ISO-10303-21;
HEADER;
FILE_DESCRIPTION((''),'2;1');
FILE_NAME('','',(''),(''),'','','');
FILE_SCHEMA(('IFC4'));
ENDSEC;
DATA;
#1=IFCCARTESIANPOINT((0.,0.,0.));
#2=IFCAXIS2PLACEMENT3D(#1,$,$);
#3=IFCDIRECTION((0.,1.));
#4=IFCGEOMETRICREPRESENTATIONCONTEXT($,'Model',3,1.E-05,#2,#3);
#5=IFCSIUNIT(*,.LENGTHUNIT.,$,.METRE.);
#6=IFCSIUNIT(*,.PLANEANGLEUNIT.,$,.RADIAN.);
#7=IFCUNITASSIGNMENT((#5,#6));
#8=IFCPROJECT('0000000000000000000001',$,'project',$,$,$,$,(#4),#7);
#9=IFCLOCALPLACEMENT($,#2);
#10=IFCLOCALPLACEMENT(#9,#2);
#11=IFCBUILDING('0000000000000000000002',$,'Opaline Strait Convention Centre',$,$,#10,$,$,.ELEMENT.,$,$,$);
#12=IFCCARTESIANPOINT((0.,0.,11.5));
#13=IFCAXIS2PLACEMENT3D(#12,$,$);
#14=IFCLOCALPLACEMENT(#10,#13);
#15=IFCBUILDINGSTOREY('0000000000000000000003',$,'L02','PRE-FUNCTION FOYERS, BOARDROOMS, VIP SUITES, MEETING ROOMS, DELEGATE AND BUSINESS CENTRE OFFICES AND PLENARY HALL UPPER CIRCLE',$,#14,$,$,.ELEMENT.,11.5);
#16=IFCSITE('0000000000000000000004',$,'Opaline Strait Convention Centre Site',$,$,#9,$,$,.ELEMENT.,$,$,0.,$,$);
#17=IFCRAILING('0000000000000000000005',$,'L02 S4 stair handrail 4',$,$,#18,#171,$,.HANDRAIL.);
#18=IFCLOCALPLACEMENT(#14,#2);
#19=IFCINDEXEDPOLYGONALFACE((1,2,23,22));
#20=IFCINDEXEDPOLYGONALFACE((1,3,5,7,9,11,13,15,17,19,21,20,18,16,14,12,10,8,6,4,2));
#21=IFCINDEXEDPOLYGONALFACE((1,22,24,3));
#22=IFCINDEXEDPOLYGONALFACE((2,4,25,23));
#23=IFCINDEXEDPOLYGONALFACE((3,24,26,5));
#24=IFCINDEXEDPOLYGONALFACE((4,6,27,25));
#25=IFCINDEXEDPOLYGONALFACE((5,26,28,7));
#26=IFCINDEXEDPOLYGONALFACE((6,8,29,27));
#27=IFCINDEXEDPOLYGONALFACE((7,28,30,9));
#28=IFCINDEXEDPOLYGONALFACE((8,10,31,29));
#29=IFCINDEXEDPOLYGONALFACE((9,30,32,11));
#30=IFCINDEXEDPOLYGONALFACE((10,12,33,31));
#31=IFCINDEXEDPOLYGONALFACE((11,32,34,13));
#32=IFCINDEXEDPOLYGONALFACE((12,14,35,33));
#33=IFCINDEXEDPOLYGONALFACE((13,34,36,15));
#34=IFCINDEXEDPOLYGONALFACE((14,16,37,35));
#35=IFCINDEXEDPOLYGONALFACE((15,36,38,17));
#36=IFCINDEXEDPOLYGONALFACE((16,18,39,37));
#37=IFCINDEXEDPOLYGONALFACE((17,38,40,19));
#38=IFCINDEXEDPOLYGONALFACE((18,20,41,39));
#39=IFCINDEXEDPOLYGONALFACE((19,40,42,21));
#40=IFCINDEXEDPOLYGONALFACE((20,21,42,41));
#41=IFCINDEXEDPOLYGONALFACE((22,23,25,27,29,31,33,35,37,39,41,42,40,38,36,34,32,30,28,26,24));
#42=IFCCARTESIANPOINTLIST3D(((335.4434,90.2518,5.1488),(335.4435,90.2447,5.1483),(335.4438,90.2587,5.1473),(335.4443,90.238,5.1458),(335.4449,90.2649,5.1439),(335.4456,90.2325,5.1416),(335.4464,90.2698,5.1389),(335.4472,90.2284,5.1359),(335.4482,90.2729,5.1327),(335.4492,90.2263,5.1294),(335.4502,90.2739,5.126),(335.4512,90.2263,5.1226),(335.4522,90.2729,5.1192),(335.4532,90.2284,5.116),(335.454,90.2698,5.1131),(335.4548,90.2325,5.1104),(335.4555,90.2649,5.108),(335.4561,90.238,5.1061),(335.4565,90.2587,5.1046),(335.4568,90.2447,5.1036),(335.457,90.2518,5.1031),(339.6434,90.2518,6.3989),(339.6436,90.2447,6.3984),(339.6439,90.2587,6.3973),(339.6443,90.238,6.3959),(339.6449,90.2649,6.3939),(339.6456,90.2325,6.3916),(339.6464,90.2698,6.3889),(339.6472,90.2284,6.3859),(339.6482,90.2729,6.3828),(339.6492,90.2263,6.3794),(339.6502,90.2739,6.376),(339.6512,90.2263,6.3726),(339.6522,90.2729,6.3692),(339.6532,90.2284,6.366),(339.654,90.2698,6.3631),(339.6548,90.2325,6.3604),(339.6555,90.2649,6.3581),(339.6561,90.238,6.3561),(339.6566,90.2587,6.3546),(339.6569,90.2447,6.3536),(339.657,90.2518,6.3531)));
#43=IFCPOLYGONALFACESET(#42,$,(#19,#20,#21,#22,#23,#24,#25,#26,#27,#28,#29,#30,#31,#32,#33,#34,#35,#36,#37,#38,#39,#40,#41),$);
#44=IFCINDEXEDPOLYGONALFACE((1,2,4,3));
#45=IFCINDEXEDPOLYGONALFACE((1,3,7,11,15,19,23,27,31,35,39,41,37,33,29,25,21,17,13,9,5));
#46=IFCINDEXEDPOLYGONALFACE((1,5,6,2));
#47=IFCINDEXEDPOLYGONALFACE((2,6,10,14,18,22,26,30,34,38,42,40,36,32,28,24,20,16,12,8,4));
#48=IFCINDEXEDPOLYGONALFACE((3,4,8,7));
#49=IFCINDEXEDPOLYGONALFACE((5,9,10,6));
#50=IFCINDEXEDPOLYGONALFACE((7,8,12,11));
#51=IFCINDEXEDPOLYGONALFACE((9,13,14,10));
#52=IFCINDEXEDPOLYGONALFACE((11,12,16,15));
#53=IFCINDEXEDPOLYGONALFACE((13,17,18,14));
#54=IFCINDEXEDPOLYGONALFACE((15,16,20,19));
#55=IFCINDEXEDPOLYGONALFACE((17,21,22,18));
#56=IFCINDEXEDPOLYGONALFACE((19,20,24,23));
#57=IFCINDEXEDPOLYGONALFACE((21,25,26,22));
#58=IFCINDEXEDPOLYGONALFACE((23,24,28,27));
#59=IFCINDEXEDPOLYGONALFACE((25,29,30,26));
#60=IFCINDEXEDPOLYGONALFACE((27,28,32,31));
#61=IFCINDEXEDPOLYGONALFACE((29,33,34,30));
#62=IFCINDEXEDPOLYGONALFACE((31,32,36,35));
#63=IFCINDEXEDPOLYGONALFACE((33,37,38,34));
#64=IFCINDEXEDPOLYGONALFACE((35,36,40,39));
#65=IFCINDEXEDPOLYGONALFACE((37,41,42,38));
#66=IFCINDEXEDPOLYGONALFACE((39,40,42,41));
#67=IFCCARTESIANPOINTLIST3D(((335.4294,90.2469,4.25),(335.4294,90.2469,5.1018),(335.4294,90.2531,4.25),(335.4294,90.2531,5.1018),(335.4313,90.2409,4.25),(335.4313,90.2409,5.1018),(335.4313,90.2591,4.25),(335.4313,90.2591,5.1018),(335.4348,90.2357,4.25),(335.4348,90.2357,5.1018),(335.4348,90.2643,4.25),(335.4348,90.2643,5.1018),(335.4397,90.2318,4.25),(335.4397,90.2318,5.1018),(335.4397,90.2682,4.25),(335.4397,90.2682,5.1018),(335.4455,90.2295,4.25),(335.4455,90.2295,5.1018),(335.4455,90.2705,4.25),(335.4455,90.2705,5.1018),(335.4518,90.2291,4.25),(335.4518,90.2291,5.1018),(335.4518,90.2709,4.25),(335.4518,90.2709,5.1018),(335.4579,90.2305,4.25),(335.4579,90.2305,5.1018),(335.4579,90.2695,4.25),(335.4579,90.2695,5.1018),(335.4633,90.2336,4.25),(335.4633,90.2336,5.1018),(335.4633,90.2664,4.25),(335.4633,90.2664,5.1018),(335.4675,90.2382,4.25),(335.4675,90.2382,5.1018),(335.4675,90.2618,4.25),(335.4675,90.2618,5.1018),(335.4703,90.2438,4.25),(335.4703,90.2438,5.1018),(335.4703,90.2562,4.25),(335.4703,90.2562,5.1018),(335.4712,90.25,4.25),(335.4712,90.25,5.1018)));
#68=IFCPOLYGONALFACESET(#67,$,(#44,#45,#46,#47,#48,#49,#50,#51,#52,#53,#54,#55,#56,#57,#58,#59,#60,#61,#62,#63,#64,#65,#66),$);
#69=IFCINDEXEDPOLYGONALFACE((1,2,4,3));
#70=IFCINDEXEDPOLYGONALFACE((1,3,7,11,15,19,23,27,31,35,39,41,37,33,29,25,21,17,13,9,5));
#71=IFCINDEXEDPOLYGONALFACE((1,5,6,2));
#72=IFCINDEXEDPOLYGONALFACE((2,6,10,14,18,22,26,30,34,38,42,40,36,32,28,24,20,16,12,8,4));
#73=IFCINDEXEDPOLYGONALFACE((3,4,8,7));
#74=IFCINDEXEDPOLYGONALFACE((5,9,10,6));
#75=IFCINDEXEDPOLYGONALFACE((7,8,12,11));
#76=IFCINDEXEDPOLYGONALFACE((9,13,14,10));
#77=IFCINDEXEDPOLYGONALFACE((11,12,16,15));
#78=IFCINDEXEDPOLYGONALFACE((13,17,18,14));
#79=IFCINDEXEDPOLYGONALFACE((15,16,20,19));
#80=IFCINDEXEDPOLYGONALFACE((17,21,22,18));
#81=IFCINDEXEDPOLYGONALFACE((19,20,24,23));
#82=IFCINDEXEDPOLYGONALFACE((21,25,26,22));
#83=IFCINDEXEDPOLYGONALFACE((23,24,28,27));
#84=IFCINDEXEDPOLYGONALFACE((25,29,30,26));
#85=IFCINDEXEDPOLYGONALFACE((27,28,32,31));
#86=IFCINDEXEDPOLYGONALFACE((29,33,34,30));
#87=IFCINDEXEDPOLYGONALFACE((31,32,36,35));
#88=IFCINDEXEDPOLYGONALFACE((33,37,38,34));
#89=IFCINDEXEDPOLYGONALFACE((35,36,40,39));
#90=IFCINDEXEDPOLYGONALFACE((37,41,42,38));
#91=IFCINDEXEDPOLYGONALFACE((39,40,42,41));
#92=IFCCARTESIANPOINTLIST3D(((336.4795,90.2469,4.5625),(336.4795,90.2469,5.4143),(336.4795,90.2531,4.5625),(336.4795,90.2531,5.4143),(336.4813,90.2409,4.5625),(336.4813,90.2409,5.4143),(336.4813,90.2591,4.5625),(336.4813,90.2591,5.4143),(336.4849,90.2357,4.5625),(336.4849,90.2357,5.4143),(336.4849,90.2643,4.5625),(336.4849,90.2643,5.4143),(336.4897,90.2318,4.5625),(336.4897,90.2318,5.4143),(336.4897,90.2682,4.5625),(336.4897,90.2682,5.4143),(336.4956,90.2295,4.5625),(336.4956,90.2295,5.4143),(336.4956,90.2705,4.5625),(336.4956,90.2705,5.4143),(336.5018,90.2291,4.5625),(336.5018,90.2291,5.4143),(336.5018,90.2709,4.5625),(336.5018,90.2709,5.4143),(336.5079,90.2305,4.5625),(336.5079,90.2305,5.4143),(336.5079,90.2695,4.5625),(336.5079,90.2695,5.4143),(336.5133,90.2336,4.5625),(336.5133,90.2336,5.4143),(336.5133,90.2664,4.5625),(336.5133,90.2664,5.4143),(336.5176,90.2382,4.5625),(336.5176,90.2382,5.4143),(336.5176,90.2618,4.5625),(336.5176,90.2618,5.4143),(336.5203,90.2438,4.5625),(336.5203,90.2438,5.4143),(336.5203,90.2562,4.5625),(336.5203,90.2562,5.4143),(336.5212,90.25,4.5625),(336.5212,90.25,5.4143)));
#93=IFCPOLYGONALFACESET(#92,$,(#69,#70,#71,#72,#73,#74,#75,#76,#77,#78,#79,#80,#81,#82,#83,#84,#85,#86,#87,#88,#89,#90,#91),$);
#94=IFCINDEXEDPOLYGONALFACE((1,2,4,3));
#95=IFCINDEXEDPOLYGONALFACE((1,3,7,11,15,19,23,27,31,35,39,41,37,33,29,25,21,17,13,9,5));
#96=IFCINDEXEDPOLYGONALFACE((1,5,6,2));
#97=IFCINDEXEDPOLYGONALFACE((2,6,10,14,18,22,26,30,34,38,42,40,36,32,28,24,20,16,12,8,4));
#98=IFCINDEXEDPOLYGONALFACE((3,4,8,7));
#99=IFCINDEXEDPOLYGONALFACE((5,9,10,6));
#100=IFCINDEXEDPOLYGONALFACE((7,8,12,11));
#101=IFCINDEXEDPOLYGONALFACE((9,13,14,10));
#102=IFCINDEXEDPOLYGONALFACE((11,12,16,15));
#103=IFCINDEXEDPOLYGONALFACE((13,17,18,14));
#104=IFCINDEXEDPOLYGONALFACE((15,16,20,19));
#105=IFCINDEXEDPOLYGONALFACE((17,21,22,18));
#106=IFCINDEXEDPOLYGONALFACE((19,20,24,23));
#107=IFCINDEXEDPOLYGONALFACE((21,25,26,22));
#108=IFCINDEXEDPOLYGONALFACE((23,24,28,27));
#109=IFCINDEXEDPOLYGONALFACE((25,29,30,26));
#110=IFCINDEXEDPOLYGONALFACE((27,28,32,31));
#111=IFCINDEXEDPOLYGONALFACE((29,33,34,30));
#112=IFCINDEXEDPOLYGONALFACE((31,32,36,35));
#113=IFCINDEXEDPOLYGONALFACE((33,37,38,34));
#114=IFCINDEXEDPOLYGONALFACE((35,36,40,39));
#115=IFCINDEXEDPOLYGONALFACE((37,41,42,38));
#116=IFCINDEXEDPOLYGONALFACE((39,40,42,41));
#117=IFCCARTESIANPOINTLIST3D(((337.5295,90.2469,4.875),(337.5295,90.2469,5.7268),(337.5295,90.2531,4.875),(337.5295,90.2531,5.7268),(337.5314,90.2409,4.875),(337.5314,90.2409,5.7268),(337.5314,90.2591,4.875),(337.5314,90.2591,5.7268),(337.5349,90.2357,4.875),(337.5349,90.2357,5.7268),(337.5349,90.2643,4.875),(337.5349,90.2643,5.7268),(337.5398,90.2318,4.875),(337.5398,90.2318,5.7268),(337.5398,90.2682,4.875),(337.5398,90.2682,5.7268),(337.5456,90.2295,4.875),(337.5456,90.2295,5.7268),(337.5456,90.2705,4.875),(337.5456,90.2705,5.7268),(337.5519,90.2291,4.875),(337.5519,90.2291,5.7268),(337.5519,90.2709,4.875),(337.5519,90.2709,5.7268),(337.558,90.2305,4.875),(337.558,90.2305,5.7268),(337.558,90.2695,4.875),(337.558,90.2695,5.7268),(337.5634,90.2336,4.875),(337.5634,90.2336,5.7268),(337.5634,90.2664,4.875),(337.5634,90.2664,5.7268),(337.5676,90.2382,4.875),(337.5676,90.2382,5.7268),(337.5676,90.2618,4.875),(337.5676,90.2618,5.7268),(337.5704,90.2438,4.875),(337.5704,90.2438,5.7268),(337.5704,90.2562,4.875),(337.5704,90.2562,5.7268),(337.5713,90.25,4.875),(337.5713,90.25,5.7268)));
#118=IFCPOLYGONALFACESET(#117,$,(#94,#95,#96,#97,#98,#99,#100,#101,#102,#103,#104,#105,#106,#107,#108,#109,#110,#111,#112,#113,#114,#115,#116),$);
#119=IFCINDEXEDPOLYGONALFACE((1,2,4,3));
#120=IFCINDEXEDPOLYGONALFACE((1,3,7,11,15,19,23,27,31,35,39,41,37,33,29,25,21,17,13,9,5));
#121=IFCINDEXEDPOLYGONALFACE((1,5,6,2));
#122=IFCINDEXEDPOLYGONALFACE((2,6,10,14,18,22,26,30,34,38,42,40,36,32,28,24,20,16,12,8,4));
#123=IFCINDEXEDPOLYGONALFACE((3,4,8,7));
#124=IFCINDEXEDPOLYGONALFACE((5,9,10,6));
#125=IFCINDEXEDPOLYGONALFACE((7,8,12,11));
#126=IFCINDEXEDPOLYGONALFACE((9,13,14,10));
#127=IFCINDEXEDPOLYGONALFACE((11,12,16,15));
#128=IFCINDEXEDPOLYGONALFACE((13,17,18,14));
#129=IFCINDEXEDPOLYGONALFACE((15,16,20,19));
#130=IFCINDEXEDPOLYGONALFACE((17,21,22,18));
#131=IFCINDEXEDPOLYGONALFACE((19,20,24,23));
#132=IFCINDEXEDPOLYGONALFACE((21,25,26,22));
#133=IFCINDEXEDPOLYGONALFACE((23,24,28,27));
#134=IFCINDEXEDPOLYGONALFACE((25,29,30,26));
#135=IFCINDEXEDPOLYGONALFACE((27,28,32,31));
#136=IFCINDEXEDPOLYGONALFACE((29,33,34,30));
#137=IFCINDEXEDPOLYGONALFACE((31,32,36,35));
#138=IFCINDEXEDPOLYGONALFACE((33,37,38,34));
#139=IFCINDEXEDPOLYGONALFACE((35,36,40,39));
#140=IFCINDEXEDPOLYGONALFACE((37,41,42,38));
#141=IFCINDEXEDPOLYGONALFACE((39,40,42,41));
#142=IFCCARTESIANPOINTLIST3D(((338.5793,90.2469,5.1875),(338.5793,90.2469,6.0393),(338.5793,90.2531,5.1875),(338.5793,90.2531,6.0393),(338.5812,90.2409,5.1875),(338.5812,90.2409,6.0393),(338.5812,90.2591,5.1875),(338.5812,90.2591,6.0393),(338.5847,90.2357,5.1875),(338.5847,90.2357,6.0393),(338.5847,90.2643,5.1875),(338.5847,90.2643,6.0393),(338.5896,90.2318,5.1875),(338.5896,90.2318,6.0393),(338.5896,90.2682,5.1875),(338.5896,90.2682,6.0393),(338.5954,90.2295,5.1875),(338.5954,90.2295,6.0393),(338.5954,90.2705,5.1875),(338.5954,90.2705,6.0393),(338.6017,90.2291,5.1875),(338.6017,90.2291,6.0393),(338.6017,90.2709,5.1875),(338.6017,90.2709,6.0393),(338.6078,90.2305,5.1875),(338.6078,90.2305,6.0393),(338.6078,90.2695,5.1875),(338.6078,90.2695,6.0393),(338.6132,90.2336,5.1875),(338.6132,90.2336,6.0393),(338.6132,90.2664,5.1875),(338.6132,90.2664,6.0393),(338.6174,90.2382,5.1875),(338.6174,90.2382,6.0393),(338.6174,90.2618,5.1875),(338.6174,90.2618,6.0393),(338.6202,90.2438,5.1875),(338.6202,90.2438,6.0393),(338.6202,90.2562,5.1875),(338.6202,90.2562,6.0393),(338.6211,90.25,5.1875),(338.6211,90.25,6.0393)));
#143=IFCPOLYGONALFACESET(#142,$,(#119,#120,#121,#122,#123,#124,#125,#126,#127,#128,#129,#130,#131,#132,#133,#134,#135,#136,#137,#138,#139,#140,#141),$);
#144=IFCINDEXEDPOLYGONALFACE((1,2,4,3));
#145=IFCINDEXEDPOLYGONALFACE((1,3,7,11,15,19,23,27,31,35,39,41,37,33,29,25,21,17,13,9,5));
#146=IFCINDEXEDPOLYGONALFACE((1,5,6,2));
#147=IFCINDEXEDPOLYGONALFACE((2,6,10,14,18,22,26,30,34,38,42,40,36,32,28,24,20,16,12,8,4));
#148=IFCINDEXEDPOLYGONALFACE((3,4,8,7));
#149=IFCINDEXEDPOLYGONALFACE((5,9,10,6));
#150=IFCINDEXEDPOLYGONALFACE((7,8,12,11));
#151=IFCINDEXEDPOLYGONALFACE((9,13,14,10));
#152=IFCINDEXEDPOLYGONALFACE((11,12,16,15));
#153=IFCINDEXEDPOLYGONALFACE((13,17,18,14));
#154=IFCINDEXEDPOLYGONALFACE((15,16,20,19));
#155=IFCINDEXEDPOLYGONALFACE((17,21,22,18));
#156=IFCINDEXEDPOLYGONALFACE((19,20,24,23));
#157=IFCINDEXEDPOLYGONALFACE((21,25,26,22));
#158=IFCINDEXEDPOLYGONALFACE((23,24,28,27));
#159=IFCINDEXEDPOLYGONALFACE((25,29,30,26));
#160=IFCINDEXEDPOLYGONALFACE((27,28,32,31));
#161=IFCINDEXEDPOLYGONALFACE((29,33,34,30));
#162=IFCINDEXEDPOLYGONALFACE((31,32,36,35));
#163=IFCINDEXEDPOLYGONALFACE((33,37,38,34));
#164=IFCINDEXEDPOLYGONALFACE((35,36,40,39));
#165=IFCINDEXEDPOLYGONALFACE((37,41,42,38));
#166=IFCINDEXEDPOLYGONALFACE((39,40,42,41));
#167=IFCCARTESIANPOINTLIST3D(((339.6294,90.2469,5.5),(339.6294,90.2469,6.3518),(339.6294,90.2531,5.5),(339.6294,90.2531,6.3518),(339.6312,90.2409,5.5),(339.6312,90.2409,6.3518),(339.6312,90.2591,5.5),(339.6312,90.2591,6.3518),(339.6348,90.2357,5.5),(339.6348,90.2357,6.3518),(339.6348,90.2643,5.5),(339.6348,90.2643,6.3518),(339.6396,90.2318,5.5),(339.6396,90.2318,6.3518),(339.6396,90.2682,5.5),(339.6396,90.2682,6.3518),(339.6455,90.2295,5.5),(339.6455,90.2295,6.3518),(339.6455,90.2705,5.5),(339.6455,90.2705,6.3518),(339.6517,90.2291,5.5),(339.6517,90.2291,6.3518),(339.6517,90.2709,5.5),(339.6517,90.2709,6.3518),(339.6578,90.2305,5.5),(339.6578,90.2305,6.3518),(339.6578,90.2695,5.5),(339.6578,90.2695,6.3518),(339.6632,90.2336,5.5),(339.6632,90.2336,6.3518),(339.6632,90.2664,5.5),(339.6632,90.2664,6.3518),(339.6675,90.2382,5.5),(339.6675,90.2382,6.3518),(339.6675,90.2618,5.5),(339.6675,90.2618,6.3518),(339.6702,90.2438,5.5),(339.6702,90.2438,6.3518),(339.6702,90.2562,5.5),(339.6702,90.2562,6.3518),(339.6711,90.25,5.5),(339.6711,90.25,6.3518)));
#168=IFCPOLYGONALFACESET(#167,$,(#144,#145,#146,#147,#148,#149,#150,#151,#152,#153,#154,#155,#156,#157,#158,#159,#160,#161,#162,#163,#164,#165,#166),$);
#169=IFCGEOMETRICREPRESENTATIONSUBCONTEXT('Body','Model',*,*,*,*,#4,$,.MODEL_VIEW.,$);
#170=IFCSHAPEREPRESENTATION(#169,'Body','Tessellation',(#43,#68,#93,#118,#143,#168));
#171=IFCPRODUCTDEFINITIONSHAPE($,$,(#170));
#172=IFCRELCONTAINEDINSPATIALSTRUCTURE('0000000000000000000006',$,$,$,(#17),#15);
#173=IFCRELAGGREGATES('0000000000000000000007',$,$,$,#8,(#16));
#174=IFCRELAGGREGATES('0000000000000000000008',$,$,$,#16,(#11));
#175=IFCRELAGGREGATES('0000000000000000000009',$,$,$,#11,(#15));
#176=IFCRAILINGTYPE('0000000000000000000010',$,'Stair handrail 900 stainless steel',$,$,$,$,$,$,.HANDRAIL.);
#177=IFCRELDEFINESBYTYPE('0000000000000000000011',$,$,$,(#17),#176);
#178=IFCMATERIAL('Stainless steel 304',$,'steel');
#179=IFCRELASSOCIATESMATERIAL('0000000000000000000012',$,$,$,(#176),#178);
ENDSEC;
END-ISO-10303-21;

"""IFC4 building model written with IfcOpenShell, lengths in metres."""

from ifc_helpers import new_model, si_unit, direction, frame, origin, origin_2d, place, context, subcontext, project, spatial, circle, extrude, material, type_object, element, save


model = new_model("IFC4")

# Units and contexts
model_context = context("Model", 3, precision=1e-05, world=origin(), true_north=direction((0.0, 1.0)))
body_context = subcontext(model_context, "Body", "Model", "MODEL_VIEW")
ifc_project = project(units=[si_unit("LENGTHUNIT", "METRE"), si_unit("PLANEANGLEUNIT", "RADIAN")], contexts=[model_context])

# Site, building, storey
site_placement = place(None, origin())
site = spatial("IfcSite", under=ifc_project, at=site_placement, Name="Opaline Strait Convention Centre Site", CompositionType="ELEMENT", RefElevation=0.0)
building_placement = place(site_placement, origin())
building = spatial("IfcBuilding", under=site, at=building_placement, Name="Opaline Strait Convention Centre", CompositionType="ELEMENT")
storey_placement = place(building_placement, frame((0.0, 0.0, 11.5)))
storey = spatial("IfcBuildingStorey", under=building, at=storey_placement, Name="L02", Description="PRE-FUNCTION FOYERS, BOARDROOMS, VIP SUITES, MEETING ROOMS, DELEGATE AND BUSINESS CENTRE OFFICES AND PLENARY HALL UPPER CIRCLE", CompositionType="ELEMENT", Elevation=11.5)

# Railing
ifc_material_1 = material(Name="Stainless steel 304", Category="steel")
railing_type_1 = type_object("IfcRailingType", Name="Stair handrail 900 stainless steel", PredefinedType="HANDRAIL", material=ifc_material_1)
railing_1_placement = place(storey_placement, frame((335.4502, 90.25, 4.25)))
element("IfcRailing", 1, at=railing_1_placement, inside=storey, type_object=railing_type_1, Name="L02 S4 stair handrail 4", PredefinedType="HANDRAIL", context=body_context, shape_type="SweptSolid", body=[
    extrude(circle(Radius=0.0239, at=origin_2d()), frame((0.0, 0.0, 0.876), z_axis=(0.958451, 0.0, 0.285257), x_axis=(0.0, 1.0, 0.0)), (0.0, 0.0, 1.0), 4.3821),
    extrude(circle(Radius=0.021, at=origin_2d()), origin(), (0.0, 0.0, 1.0), 0.8518),
    extrude(circle(Radius=0.021, at=origin_2d()), frame((1.05, 0.0, 0.3125)), (0.0, 0.0, 1.0), 0.8518),
    extrude(circle(Radius=0.021, at=origin_2d()), frame((2.1001, 0.0, 0.625)), (0.0, 0.0, 1.0), 0.8518),
    extrude(circle(Radius=0.021, at=origin_2d()), frame((3.1499, 0.0, 0.9375)), (0.0, 0.0, 1.0), 0.8518),
    extrude(circle(Radius=0.021, at=origin_2d()), frame((4.2, 0.0, 1.25)), (0.0, 0.0, 1.0), 0.8518),
])

save(model, "model.ifc")
